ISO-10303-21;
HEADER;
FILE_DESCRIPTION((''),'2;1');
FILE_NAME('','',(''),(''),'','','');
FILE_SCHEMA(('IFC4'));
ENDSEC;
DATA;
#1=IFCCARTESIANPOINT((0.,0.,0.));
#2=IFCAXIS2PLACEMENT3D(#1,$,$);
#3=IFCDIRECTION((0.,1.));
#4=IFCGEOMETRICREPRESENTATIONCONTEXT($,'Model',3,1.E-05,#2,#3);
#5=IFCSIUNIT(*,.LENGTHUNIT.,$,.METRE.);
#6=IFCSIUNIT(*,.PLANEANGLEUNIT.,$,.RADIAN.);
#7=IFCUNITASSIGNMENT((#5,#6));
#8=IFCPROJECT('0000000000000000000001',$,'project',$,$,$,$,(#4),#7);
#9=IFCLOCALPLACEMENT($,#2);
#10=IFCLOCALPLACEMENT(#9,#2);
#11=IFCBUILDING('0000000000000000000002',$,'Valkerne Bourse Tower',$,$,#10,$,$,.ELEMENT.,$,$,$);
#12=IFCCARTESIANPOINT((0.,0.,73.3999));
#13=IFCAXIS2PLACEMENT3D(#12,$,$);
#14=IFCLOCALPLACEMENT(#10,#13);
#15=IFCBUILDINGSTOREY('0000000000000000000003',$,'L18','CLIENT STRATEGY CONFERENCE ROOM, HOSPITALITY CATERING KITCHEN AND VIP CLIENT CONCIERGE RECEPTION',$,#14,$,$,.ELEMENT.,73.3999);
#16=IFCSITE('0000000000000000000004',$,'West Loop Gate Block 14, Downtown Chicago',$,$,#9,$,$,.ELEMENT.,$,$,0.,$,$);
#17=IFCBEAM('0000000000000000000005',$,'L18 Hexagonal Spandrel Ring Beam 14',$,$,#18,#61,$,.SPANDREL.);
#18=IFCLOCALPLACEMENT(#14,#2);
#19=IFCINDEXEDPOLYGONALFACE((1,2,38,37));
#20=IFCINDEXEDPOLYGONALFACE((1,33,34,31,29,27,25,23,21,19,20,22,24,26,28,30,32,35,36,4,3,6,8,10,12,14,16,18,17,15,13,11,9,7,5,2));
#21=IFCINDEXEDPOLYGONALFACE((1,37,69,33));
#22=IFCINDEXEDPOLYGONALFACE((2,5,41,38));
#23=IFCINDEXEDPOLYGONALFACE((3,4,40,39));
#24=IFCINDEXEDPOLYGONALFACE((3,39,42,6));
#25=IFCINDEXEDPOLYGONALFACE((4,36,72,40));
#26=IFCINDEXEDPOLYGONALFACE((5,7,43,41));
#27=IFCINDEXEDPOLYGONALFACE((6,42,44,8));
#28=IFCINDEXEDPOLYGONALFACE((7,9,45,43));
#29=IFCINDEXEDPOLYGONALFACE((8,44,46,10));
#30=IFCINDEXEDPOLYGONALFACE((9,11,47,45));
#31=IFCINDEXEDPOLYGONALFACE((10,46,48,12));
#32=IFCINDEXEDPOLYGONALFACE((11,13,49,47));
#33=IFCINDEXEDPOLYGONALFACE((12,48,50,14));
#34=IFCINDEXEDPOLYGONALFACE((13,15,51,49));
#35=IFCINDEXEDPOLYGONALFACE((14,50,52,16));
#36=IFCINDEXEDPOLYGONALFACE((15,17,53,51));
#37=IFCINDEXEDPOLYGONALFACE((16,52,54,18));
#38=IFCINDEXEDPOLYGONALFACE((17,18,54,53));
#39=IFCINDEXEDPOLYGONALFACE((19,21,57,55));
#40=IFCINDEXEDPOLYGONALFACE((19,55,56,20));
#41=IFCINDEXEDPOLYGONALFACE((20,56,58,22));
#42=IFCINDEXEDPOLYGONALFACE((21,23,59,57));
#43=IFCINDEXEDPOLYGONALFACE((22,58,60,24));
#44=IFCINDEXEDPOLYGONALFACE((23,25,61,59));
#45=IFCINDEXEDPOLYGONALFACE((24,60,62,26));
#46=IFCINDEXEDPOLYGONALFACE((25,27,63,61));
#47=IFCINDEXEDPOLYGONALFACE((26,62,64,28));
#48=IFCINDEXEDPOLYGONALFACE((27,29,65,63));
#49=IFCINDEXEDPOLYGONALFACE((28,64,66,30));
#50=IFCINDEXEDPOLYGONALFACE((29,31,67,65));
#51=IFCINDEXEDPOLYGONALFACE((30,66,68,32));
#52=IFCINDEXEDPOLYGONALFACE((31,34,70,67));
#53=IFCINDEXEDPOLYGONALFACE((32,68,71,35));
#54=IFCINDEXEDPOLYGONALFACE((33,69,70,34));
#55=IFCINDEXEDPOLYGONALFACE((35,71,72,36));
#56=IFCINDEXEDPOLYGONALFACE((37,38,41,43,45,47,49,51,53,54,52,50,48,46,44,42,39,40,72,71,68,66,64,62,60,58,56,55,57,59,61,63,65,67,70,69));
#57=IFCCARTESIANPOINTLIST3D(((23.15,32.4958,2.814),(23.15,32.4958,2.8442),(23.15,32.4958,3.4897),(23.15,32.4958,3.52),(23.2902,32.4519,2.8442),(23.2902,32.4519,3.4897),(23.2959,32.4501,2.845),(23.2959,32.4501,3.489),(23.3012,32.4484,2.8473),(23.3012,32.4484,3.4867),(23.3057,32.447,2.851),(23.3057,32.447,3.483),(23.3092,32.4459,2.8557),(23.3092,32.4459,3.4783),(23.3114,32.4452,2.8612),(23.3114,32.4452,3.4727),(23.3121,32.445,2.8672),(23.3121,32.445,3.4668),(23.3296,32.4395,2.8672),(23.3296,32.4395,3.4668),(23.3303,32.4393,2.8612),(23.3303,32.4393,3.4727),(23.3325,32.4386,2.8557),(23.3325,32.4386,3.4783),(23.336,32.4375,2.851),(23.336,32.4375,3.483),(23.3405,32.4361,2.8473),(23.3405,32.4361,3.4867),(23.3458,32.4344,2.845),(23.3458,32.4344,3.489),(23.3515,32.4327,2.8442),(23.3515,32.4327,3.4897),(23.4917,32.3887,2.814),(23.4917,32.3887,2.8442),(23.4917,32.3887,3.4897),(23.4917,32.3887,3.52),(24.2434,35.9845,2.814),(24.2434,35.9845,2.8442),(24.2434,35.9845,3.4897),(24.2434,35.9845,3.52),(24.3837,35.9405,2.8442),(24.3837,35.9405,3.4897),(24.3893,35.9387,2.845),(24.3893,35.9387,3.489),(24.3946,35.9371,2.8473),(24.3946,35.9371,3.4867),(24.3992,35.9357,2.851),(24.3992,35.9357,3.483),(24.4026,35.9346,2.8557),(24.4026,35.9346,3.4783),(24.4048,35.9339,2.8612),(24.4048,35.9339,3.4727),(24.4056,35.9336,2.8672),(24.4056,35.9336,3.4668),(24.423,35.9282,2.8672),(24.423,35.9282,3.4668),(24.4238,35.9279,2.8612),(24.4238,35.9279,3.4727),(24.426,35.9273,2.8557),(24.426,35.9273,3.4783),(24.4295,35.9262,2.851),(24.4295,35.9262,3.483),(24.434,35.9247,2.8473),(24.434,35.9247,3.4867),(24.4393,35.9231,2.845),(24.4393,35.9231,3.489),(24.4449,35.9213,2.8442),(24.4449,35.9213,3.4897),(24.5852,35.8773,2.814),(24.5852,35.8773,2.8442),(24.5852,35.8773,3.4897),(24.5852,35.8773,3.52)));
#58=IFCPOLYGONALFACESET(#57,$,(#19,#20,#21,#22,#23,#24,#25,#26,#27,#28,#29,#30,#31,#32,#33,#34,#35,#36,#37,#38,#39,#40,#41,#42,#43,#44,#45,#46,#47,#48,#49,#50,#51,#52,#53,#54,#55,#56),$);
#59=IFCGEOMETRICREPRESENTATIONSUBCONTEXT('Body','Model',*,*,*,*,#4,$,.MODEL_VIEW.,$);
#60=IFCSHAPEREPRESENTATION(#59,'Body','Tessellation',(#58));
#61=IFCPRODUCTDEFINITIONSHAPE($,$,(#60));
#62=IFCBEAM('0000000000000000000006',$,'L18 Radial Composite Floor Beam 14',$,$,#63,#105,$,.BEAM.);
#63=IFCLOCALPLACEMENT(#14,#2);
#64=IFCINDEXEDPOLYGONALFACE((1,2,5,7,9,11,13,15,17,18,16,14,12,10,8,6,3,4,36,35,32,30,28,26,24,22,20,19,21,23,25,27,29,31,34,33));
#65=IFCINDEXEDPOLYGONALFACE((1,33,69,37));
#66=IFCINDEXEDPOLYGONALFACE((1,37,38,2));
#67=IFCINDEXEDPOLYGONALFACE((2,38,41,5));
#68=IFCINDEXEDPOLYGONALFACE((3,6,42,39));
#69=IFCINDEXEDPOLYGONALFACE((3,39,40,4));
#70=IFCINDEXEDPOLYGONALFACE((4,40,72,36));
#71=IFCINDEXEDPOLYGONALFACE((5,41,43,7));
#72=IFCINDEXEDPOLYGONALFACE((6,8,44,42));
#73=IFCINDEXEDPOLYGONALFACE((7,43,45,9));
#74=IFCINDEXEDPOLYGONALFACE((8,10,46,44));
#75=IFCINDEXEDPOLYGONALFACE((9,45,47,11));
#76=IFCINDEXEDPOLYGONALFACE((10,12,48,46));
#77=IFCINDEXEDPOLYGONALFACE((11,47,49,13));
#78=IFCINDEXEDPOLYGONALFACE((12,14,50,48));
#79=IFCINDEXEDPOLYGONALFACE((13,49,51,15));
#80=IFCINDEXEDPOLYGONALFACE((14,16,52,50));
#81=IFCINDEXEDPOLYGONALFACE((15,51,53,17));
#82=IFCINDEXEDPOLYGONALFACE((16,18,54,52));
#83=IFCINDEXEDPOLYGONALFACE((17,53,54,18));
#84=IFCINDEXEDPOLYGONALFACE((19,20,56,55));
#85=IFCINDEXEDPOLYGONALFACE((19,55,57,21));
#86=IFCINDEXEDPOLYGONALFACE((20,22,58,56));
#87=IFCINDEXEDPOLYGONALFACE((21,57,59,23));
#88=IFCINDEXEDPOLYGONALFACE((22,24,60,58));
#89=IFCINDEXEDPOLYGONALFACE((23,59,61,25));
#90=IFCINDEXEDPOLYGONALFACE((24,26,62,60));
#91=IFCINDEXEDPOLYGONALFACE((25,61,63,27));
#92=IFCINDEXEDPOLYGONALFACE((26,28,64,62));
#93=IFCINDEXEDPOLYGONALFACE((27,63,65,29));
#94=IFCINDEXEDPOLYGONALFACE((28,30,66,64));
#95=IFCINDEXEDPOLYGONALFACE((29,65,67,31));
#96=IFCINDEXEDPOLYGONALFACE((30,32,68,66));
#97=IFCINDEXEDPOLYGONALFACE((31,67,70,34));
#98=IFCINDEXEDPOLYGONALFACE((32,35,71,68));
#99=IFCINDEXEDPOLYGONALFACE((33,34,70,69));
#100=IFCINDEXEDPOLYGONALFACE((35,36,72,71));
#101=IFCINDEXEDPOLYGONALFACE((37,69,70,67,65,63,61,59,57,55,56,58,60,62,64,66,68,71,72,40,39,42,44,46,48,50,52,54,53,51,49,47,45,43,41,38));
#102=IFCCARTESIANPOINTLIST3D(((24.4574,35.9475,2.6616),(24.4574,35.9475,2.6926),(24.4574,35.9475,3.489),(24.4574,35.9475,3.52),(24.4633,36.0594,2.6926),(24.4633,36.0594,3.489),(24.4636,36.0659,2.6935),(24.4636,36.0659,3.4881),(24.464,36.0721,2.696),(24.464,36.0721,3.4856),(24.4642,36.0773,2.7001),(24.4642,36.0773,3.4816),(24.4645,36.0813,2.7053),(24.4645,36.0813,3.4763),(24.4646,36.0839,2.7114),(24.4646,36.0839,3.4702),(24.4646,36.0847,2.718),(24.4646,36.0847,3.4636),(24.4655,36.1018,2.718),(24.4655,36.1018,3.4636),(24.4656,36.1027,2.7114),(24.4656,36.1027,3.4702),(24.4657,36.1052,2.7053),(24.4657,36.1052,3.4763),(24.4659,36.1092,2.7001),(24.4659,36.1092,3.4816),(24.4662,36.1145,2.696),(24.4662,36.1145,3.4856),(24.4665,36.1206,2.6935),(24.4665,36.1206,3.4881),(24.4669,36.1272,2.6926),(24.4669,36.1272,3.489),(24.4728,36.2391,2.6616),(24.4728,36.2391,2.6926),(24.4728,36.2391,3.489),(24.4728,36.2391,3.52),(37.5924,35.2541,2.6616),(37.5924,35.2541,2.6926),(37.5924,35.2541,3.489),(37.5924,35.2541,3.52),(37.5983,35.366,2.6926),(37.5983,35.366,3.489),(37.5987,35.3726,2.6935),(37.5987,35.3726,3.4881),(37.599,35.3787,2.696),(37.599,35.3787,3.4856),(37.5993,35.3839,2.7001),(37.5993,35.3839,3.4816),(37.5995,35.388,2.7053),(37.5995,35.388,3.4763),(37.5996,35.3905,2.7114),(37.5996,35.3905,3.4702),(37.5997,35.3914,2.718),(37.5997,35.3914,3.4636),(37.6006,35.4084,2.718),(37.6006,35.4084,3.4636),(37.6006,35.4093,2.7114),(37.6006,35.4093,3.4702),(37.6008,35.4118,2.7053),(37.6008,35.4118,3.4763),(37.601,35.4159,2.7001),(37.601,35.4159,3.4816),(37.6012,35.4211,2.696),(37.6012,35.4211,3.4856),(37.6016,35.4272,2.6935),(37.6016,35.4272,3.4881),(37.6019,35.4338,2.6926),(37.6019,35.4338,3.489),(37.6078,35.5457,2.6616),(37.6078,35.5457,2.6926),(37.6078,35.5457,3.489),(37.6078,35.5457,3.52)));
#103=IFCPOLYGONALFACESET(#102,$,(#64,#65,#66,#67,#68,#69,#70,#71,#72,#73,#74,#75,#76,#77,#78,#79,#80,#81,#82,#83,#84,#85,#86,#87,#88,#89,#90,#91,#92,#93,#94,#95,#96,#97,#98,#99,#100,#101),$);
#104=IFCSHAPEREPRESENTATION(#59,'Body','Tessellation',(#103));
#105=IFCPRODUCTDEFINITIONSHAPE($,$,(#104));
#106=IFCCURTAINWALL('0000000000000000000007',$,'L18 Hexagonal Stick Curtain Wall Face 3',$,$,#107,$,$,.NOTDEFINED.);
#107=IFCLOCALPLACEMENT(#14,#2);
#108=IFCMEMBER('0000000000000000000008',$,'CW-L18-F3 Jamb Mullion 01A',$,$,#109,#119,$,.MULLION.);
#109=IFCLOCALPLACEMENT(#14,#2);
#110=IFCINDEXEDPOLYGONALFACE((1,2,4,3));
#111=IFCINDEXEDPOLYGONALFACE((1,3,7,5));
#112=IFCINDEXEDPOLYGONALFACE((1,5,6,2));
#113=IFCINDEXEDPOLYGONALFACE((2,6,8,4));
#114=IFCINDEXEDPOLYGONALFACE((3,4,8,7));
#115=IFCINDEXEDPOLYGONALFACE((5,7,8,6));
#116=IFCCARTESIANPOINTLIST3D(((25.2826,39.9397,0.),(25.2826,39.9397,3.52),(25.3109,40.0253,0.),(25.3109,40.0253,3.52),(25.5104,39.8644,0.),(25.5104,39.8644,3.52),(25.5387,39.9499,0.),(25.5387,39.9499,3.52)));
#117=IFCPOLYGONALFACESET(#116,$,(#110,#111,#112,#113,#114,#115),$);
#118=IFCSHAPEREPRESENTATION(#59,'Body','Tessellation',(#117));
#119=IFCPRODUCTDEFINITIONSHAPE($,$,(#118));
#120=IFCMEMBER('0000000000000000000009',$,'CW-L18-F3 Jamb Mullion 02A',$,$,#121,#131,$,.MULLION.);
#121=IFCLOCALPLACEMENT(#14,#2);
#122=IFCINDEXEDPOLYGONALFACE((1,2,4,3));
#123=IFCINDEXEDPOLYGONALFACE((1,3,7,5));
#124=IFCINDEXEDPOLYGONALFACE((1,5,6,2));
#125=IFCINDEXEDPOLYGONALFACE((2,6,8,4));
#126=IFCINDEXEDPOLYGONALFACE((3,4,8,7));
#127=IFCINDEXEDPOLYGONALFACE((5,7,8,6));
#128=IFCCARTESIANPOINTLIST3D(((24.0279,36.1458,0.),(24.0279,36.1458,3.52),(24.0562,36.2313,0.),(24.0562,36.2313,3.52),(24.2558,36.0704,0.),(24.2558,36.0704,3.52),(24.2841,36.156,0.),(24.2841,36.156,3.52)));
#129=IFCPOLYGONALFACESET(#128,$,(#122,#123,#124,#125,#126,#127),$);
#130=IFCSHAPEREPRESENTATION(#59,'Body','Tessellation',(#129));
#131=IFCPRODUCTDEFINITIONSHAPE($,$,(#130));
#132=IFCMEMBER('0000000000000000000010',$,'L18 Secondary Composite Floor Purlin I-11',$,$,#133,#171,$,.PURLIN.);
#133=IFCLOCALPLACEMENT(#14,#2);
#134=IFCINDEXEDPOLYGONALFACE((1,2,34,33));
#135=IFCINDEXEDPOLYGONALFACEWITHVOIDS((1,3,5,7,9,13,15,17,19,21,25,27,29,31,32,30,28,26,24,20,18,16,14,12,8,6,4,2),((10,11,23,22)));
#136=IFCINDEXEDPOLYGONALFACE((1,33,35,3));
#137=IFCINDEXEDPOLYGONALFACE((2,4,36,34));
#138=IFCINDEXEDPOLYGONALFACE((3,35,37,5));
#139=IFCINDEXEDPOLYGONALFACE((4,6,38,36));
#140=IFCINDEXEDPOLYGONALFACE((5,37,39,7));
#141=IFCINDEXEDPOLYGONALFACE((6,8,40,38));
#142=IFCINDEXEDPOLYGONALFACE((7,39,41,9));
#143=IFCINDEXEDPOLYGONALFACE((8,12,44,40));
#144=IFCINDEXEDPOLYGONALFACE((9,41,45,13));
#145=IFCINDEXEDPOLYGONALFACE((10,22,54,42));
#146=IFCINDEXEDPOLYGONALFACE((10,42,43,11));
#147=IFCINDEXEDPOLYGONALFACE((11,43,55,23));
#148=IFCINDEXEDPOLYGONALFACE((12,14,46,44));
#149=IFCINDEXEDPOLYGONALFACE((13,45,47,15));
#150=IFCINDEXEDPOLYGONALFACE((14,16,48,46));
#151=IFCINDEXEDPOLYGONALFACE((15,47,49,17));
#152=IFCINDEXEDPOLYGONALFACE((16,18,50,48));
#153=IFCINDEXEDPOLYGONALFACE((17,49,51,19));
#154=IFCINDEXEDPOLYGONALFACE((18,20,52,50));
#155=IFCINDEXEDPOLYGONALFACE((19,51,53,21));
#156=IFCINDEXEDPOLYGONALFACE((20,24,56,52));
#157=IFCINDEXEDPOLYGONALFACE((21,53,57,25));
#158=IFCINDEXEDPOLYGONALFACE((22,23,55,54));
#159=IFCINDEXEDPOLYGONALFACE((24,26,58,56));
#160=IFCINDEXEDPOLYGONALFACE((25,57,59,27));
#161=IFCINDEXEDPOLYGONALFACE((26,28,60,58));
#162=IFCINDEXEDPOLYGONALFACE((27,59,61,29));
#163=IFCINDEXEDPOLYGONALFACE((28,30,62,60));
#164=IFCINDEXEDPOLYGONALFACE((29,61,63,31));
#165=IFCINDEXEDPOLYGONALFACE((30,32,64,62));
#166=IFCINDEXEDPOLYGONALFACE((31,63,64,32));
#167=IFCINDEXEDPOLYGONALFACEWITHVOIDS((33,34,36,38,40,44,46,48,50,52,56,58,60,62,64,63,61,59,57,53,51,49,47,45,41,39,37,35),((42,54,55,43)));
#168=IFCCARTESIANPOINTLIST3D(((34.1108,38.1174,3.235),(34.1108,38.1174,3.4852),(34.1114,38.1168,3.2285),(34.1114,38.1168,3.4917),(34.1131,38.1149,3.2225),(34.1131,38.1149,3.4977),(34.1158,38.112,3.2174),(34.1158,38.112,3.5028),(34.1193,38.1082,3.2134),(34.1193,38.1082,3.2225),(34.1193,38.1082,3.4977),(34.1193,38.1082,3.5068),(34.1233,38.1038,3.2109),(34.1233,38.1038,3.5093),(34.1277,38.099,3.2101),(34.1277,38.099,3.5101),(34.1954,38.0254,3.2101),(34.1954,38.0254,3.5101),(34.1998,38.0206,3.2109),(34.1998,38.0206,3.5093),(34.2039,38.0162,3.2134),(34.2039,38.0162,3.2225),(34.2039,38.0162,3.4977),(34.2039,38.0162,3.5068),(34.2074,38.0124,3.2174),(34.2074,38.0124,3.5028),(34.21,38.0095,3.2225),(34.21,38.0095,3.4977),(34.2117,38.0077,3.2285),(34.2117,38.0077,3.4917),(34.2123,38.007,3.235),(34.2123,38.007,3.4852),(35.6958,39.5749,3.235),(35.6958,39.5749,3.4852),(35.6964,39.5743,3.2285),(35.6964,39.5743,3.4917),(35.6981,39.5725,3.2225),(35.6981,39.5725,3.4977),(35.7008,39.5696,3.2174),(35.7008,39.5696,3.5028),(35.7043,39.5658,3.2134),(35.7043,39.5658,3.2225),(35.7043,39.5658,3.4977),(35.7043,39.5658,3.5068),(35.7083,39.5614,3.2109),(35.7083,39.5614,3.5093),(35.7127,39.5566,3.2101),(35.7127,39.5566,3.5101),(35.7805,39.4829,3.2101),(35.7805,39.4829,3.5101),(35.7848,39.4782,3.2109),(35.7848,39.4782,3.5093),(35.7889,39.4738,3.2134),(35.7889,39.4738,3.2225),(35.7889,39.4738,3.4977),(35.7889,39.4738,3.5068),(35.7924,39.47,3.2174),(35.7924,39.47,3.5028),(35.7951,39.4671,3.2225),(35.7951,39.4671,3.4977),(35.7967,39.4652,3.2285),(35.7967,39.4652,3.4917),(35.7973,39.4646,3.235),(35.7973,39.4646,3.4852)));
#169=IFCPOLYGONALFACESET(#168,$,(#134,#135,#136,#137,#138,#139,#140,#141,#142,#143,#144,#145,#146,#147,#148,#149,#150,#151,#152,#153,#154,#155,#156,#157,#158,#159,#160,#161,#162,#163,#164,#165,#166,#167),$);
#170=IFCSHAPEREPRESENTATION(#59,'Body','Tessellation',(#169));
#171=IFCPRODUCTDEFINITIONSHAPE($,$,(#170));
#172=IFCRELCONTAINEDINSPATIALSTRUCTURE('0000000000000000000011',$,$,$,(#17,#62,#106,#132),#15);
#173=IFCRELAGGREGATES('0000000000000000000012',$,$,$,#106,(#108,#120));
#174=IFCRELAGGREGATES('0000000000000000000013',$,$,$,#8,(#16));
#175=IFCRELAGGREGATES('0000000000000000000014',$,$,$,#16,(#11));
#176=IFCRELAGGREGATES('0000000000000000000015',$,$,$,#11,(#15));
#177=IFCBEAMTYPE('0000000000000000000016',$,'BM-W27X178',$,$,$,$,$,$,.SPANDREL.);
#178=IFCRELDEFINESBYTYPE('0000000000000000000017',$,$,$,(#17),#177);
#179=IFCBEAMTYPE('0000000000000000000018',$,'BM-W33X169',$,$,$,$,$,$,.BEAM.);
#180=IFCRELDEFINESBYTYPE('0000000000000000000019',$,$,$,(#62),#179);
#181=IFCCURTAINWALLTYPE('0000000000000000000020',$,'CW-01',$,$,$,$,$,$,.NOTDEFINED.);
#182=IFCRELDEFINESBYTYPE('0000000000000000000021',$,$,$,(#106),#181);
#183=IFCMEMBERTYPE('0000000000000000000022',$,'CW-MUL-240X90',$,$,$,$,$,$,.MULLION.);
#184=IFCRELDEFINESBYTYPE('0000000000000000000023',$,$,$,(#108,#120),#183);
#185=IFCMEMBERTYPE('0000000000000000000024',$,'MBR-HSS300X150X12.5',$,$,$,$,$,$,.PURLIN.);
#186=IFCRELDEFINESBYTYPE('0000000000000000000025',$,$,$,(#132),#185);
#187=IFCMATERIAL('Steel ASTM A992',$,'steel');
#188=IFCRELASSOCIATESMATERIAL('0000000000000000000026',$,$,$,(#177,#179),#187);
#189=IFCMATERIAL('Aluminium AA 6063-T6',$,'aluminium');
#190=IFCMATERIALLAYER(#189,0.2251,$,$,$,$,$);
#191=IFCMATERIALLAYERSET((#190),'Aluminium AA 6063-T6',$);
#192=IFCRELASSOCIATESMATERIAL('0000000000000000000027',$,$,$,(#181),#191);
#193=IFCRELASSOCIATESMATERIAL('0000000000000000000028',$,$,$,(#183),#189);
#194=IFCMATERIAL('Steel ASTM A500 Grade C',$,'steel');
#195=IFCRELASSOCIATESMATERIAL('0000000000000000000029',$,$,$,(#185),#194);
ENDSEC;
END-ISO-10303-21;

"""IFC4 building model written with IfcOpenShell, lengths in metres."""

from ifc_helpers import new_model, si_unit, direction, frame, origin, origin_2d, place, context, subcontext, project, spatial, rectangle, hollow_rectangle, i_section, extrude, material, layer, layer_set, material_profile, profile_set, type_object, element, aggregate, save


model = new_model("IFC4")

# Units and contexts
model_context = context("Model", 3, precision=1e-05, world=origin(), true_north=direction((0.0, 1.0)))
body_context = subcontext(model_context, "Body", "Model", "MODEL_VIEW")
ifc_project = project(units=[si_unit("LENGTHUNIT", "METRE"), si_unit("PLANEANGLEUNIT", "RADIAN")], contexts=[model_context])

# Site, building, storey
site_placement = place(None, origin())
site = spatial("IfcSite", under=ifc_project, at=site_placement, Name="West Loop Gate Block 14, Downtown Chicago", CompositionType="ELEMENT", RefElevation=0.0)
building_placement = place(site_placement, origin())
building = spatial("IfcBuilding", under=site, at=building_placement, Name="Valkerne Bourse Tower", CompositionType="ELEMENT")
storey_placement = place(building_placement, frame((0.0, 0.0, 73.3999)))
storey = spatial("IfcBuildingStorey", under=building, at=storey_placement, Name="L18", Description="CLIENT STRATEGY CONFERENCE ROOM, HOSPITALITY CATERING KITCHEN AND VIP CLIENT CONCIERGE RECEPTION", CompositionType="ELEMENT", Elevation=73.3999)

# Beams
ifc_material_1 = material(Name="Steel ASTM A992", Category="steel")
ifc_material_profile_1 = material_profile(ifc_material_1, i_section(OverallWidth=0.3582, OverallDepth=0.7061, WebThickness=0.0183, FlangeThickness=0.0303, FilletRadius=0.0229, at=origin_2d()), Name="W27X178")
ifc_profile_set_1 = profile_set([ifc_material_profile_1], Name="Steel ASTM A992")
beam_type_1 = type_object("IfcBeamType", Name="BM-W27X178", PredefinedType="SPANDREL", material=ifc_profile_set_1)
for number, where, z_axis, x_axis, name in (
    (1, (24.4143, 35.9309, 3.167), (-0.299089, -0.954225, 0.0), (0.954225, -0.299089, 0.0), "L18 Hexagonal Spandrel Ring Beam 14"),
):
    element("IfcBeam", number, at=place(storey_placement, frame(where, z_axis=z_axis, x_axis=x_axis)), inside=storey, type_object=beam_type_1, Name=name, PredefinedType="SPANDREL", context=body_context, shape_type="SweptSolid", body=[
        extrude(i_section(OverallWidth=0.3582, OverallDepth=0.7061, WebThickness=0.0183, FlangeThickness=0.0303, FilletRadius=0.0229, at=origin_2d()), origin(), (0.0, 0.0, 1.0), 3.656),
    ])
ifc_material_profile_2 = material_profile(ifc_material_1, i_section(OverallWidth=0.292, OverallDepth=0.8584, WebThickness=0.0171, FlangeThickness=0.031, FilletRadius=0.0254, at=origin_2d()), Name="W33X169")
ifc_profile_set_2 = profile_set([ifc_material_profile_2], Name="Steel ASTM A992")
beam_type_2 = type_object("IfcBeamType", Name="BM-W33X169", PredefinedType="BEAM", material=ifc_profile_set_2)
beam_1_placement = place(storey_placement, frame((24.4651, 36.0933, 3.0908), z_axis=(0.99861, -0.052714, 0.0), x_axis=(0.052714, 0.99861, 0.0)))
element("IfcBeam", 2, at=beam_1_placement, inside=storey, type_object=beam_type_2, Name="L18 Radial Composite Floor Beam 14", PredefinedType="BEAM", context=body_context, shape_type="SweptSolid", body=[
    extrude(i_section(OverallWidth=0.292, OverallDepth=0.8584, WebThickness=0.0171, FlangeThickness=0.031, FilletRadius=0.0254, at=origin_2d()), origin(), (0.0, 0.0, 1.0), 13.1533),
])

# Curtain wall, members
ifc_material_2 = material(Name="Aluminium AA 6063-T6", Category="aluminium")
ifc_layer_1 = layer(ifc_material_2, 0.2251)
ifc_layer_set_1 = layer_set([ifc_layer_1], Name="Aluminium AA 6063-T6")
curtain_wall_type = type_object("IfcCurtainWallType", Name="CW-01", PredefinedType="NOTDEFINED", material=ifc_layer_set_1)
curtain_wall_placement = place(storey_placement, origin())
curtain_wall = element("IfcCurtainWall", 3, at=curtain_wall_placement, inside=storey, type_object=curtain_wall_type, Name="L18 Hexagonal Stick Curtain Wall Face 3", PredefinedType="NOTDEFINED")
ifc_material_profile_3 = material_profile(ifc_material_2, rectangle(XDim=0.0901, YDim=0.24, at=origin_2d()), Name="CWM-90X240")
ifc_profile_set_3 = profile_set([ifc_material_profile_3], Name="Aluminium AA 6063-T6")
member_type_1 = type_object("IfcMemberType", Name="CW-MUL-240X90", PredefinedType="MULLION", material=ifc_profile_set_3)
member_1_placement = place(storey_placement, frame((25.4106, 39.9448, 0.0), z_axis=(0.0, 0.0, 1.0), x_axis=(-0.31399, -0.949426, 0.0)))
member_1 = element("IfcMember", 4, at=member_1_placement, type_object=member_type_1, Name="CW-L18-F3 Jamb Mullion 01A", PredefinedType="MULLION", context=body_context, shape_type="SweptSolid", body=[
    extrude(rectangle(XDim=0.0901, YDim=0.24, at=origin_2d()), origin(), (0.0, 0.0, 1.0), 3.52),
])
member_2_placement = place(storey_placement, frame((24.156, 36.1509, 0.0), z_axis=(0.0, 0.0, 1.0), x_axis=(-0.31399, -0.949426, 0.0)))
member_2 = element("IfcMember", 5, at=member_2_placement, type_object=member_type_1, Name="CW-L18-F3 Jamb Mullion 02A", PredefinedType="MULLION", context=body_context, shape_type="SweptSolid", body=[
    extrude(rectangle(XDim=0.0901, YDim=0.24, at=origin_2d()), origin(), (0.0, 0.0, 1.0), 3.52),
])

# Member
ifc_material_3 = material(Name="Steel ASTM A500 Grade C", Category="steel")
ifc_material_profile_4 = material_profile(ifc_material_3, hollow_rectangle(XDim=0.1499, YDim=0.3, WallThickness=0.0125, OuterFilletRadius=0.0249, at=origin_2d()), Name="HSS300X150X12.5")
ifc_profile_set_4 = profile_set([ifc_material_profile_4], Name="Steel ASTM A500 Grade C")
member_type_2 = type_object("IfcMemberType", Name="MBR-HSS300X150X12.5", PredefinedType="PURLIN", material=ifc_profile_set_4)
member_3_placement = place(storey_placement, frame((35.7466, 39.5198, 3.3601), z_axis=(-0.73608, -0.676894, 0.0), x_axis=(0.676894, -0.73608, 0.0)))
element("IfcMember", 6, at=member_3_placement, inside=storey, type_object=member_type_2, Name="L18 Secondary Composite Floor Purlin I-11", PredefinedType="PURLIN", context=body_context, shape_type="SweptSolid", body=[
    extrude(hollow_rectangle(XDim=0.1499, YDim=0.3, WallThickness=0.0125, OuterFilletRadius=0.0249, at=origin_2d()), origin(), (0.0, 0.0, 1.0), 2.1533),
])

aggregate(curtain_wall, [member_1, member_2])

save(model, "model.ifc")
